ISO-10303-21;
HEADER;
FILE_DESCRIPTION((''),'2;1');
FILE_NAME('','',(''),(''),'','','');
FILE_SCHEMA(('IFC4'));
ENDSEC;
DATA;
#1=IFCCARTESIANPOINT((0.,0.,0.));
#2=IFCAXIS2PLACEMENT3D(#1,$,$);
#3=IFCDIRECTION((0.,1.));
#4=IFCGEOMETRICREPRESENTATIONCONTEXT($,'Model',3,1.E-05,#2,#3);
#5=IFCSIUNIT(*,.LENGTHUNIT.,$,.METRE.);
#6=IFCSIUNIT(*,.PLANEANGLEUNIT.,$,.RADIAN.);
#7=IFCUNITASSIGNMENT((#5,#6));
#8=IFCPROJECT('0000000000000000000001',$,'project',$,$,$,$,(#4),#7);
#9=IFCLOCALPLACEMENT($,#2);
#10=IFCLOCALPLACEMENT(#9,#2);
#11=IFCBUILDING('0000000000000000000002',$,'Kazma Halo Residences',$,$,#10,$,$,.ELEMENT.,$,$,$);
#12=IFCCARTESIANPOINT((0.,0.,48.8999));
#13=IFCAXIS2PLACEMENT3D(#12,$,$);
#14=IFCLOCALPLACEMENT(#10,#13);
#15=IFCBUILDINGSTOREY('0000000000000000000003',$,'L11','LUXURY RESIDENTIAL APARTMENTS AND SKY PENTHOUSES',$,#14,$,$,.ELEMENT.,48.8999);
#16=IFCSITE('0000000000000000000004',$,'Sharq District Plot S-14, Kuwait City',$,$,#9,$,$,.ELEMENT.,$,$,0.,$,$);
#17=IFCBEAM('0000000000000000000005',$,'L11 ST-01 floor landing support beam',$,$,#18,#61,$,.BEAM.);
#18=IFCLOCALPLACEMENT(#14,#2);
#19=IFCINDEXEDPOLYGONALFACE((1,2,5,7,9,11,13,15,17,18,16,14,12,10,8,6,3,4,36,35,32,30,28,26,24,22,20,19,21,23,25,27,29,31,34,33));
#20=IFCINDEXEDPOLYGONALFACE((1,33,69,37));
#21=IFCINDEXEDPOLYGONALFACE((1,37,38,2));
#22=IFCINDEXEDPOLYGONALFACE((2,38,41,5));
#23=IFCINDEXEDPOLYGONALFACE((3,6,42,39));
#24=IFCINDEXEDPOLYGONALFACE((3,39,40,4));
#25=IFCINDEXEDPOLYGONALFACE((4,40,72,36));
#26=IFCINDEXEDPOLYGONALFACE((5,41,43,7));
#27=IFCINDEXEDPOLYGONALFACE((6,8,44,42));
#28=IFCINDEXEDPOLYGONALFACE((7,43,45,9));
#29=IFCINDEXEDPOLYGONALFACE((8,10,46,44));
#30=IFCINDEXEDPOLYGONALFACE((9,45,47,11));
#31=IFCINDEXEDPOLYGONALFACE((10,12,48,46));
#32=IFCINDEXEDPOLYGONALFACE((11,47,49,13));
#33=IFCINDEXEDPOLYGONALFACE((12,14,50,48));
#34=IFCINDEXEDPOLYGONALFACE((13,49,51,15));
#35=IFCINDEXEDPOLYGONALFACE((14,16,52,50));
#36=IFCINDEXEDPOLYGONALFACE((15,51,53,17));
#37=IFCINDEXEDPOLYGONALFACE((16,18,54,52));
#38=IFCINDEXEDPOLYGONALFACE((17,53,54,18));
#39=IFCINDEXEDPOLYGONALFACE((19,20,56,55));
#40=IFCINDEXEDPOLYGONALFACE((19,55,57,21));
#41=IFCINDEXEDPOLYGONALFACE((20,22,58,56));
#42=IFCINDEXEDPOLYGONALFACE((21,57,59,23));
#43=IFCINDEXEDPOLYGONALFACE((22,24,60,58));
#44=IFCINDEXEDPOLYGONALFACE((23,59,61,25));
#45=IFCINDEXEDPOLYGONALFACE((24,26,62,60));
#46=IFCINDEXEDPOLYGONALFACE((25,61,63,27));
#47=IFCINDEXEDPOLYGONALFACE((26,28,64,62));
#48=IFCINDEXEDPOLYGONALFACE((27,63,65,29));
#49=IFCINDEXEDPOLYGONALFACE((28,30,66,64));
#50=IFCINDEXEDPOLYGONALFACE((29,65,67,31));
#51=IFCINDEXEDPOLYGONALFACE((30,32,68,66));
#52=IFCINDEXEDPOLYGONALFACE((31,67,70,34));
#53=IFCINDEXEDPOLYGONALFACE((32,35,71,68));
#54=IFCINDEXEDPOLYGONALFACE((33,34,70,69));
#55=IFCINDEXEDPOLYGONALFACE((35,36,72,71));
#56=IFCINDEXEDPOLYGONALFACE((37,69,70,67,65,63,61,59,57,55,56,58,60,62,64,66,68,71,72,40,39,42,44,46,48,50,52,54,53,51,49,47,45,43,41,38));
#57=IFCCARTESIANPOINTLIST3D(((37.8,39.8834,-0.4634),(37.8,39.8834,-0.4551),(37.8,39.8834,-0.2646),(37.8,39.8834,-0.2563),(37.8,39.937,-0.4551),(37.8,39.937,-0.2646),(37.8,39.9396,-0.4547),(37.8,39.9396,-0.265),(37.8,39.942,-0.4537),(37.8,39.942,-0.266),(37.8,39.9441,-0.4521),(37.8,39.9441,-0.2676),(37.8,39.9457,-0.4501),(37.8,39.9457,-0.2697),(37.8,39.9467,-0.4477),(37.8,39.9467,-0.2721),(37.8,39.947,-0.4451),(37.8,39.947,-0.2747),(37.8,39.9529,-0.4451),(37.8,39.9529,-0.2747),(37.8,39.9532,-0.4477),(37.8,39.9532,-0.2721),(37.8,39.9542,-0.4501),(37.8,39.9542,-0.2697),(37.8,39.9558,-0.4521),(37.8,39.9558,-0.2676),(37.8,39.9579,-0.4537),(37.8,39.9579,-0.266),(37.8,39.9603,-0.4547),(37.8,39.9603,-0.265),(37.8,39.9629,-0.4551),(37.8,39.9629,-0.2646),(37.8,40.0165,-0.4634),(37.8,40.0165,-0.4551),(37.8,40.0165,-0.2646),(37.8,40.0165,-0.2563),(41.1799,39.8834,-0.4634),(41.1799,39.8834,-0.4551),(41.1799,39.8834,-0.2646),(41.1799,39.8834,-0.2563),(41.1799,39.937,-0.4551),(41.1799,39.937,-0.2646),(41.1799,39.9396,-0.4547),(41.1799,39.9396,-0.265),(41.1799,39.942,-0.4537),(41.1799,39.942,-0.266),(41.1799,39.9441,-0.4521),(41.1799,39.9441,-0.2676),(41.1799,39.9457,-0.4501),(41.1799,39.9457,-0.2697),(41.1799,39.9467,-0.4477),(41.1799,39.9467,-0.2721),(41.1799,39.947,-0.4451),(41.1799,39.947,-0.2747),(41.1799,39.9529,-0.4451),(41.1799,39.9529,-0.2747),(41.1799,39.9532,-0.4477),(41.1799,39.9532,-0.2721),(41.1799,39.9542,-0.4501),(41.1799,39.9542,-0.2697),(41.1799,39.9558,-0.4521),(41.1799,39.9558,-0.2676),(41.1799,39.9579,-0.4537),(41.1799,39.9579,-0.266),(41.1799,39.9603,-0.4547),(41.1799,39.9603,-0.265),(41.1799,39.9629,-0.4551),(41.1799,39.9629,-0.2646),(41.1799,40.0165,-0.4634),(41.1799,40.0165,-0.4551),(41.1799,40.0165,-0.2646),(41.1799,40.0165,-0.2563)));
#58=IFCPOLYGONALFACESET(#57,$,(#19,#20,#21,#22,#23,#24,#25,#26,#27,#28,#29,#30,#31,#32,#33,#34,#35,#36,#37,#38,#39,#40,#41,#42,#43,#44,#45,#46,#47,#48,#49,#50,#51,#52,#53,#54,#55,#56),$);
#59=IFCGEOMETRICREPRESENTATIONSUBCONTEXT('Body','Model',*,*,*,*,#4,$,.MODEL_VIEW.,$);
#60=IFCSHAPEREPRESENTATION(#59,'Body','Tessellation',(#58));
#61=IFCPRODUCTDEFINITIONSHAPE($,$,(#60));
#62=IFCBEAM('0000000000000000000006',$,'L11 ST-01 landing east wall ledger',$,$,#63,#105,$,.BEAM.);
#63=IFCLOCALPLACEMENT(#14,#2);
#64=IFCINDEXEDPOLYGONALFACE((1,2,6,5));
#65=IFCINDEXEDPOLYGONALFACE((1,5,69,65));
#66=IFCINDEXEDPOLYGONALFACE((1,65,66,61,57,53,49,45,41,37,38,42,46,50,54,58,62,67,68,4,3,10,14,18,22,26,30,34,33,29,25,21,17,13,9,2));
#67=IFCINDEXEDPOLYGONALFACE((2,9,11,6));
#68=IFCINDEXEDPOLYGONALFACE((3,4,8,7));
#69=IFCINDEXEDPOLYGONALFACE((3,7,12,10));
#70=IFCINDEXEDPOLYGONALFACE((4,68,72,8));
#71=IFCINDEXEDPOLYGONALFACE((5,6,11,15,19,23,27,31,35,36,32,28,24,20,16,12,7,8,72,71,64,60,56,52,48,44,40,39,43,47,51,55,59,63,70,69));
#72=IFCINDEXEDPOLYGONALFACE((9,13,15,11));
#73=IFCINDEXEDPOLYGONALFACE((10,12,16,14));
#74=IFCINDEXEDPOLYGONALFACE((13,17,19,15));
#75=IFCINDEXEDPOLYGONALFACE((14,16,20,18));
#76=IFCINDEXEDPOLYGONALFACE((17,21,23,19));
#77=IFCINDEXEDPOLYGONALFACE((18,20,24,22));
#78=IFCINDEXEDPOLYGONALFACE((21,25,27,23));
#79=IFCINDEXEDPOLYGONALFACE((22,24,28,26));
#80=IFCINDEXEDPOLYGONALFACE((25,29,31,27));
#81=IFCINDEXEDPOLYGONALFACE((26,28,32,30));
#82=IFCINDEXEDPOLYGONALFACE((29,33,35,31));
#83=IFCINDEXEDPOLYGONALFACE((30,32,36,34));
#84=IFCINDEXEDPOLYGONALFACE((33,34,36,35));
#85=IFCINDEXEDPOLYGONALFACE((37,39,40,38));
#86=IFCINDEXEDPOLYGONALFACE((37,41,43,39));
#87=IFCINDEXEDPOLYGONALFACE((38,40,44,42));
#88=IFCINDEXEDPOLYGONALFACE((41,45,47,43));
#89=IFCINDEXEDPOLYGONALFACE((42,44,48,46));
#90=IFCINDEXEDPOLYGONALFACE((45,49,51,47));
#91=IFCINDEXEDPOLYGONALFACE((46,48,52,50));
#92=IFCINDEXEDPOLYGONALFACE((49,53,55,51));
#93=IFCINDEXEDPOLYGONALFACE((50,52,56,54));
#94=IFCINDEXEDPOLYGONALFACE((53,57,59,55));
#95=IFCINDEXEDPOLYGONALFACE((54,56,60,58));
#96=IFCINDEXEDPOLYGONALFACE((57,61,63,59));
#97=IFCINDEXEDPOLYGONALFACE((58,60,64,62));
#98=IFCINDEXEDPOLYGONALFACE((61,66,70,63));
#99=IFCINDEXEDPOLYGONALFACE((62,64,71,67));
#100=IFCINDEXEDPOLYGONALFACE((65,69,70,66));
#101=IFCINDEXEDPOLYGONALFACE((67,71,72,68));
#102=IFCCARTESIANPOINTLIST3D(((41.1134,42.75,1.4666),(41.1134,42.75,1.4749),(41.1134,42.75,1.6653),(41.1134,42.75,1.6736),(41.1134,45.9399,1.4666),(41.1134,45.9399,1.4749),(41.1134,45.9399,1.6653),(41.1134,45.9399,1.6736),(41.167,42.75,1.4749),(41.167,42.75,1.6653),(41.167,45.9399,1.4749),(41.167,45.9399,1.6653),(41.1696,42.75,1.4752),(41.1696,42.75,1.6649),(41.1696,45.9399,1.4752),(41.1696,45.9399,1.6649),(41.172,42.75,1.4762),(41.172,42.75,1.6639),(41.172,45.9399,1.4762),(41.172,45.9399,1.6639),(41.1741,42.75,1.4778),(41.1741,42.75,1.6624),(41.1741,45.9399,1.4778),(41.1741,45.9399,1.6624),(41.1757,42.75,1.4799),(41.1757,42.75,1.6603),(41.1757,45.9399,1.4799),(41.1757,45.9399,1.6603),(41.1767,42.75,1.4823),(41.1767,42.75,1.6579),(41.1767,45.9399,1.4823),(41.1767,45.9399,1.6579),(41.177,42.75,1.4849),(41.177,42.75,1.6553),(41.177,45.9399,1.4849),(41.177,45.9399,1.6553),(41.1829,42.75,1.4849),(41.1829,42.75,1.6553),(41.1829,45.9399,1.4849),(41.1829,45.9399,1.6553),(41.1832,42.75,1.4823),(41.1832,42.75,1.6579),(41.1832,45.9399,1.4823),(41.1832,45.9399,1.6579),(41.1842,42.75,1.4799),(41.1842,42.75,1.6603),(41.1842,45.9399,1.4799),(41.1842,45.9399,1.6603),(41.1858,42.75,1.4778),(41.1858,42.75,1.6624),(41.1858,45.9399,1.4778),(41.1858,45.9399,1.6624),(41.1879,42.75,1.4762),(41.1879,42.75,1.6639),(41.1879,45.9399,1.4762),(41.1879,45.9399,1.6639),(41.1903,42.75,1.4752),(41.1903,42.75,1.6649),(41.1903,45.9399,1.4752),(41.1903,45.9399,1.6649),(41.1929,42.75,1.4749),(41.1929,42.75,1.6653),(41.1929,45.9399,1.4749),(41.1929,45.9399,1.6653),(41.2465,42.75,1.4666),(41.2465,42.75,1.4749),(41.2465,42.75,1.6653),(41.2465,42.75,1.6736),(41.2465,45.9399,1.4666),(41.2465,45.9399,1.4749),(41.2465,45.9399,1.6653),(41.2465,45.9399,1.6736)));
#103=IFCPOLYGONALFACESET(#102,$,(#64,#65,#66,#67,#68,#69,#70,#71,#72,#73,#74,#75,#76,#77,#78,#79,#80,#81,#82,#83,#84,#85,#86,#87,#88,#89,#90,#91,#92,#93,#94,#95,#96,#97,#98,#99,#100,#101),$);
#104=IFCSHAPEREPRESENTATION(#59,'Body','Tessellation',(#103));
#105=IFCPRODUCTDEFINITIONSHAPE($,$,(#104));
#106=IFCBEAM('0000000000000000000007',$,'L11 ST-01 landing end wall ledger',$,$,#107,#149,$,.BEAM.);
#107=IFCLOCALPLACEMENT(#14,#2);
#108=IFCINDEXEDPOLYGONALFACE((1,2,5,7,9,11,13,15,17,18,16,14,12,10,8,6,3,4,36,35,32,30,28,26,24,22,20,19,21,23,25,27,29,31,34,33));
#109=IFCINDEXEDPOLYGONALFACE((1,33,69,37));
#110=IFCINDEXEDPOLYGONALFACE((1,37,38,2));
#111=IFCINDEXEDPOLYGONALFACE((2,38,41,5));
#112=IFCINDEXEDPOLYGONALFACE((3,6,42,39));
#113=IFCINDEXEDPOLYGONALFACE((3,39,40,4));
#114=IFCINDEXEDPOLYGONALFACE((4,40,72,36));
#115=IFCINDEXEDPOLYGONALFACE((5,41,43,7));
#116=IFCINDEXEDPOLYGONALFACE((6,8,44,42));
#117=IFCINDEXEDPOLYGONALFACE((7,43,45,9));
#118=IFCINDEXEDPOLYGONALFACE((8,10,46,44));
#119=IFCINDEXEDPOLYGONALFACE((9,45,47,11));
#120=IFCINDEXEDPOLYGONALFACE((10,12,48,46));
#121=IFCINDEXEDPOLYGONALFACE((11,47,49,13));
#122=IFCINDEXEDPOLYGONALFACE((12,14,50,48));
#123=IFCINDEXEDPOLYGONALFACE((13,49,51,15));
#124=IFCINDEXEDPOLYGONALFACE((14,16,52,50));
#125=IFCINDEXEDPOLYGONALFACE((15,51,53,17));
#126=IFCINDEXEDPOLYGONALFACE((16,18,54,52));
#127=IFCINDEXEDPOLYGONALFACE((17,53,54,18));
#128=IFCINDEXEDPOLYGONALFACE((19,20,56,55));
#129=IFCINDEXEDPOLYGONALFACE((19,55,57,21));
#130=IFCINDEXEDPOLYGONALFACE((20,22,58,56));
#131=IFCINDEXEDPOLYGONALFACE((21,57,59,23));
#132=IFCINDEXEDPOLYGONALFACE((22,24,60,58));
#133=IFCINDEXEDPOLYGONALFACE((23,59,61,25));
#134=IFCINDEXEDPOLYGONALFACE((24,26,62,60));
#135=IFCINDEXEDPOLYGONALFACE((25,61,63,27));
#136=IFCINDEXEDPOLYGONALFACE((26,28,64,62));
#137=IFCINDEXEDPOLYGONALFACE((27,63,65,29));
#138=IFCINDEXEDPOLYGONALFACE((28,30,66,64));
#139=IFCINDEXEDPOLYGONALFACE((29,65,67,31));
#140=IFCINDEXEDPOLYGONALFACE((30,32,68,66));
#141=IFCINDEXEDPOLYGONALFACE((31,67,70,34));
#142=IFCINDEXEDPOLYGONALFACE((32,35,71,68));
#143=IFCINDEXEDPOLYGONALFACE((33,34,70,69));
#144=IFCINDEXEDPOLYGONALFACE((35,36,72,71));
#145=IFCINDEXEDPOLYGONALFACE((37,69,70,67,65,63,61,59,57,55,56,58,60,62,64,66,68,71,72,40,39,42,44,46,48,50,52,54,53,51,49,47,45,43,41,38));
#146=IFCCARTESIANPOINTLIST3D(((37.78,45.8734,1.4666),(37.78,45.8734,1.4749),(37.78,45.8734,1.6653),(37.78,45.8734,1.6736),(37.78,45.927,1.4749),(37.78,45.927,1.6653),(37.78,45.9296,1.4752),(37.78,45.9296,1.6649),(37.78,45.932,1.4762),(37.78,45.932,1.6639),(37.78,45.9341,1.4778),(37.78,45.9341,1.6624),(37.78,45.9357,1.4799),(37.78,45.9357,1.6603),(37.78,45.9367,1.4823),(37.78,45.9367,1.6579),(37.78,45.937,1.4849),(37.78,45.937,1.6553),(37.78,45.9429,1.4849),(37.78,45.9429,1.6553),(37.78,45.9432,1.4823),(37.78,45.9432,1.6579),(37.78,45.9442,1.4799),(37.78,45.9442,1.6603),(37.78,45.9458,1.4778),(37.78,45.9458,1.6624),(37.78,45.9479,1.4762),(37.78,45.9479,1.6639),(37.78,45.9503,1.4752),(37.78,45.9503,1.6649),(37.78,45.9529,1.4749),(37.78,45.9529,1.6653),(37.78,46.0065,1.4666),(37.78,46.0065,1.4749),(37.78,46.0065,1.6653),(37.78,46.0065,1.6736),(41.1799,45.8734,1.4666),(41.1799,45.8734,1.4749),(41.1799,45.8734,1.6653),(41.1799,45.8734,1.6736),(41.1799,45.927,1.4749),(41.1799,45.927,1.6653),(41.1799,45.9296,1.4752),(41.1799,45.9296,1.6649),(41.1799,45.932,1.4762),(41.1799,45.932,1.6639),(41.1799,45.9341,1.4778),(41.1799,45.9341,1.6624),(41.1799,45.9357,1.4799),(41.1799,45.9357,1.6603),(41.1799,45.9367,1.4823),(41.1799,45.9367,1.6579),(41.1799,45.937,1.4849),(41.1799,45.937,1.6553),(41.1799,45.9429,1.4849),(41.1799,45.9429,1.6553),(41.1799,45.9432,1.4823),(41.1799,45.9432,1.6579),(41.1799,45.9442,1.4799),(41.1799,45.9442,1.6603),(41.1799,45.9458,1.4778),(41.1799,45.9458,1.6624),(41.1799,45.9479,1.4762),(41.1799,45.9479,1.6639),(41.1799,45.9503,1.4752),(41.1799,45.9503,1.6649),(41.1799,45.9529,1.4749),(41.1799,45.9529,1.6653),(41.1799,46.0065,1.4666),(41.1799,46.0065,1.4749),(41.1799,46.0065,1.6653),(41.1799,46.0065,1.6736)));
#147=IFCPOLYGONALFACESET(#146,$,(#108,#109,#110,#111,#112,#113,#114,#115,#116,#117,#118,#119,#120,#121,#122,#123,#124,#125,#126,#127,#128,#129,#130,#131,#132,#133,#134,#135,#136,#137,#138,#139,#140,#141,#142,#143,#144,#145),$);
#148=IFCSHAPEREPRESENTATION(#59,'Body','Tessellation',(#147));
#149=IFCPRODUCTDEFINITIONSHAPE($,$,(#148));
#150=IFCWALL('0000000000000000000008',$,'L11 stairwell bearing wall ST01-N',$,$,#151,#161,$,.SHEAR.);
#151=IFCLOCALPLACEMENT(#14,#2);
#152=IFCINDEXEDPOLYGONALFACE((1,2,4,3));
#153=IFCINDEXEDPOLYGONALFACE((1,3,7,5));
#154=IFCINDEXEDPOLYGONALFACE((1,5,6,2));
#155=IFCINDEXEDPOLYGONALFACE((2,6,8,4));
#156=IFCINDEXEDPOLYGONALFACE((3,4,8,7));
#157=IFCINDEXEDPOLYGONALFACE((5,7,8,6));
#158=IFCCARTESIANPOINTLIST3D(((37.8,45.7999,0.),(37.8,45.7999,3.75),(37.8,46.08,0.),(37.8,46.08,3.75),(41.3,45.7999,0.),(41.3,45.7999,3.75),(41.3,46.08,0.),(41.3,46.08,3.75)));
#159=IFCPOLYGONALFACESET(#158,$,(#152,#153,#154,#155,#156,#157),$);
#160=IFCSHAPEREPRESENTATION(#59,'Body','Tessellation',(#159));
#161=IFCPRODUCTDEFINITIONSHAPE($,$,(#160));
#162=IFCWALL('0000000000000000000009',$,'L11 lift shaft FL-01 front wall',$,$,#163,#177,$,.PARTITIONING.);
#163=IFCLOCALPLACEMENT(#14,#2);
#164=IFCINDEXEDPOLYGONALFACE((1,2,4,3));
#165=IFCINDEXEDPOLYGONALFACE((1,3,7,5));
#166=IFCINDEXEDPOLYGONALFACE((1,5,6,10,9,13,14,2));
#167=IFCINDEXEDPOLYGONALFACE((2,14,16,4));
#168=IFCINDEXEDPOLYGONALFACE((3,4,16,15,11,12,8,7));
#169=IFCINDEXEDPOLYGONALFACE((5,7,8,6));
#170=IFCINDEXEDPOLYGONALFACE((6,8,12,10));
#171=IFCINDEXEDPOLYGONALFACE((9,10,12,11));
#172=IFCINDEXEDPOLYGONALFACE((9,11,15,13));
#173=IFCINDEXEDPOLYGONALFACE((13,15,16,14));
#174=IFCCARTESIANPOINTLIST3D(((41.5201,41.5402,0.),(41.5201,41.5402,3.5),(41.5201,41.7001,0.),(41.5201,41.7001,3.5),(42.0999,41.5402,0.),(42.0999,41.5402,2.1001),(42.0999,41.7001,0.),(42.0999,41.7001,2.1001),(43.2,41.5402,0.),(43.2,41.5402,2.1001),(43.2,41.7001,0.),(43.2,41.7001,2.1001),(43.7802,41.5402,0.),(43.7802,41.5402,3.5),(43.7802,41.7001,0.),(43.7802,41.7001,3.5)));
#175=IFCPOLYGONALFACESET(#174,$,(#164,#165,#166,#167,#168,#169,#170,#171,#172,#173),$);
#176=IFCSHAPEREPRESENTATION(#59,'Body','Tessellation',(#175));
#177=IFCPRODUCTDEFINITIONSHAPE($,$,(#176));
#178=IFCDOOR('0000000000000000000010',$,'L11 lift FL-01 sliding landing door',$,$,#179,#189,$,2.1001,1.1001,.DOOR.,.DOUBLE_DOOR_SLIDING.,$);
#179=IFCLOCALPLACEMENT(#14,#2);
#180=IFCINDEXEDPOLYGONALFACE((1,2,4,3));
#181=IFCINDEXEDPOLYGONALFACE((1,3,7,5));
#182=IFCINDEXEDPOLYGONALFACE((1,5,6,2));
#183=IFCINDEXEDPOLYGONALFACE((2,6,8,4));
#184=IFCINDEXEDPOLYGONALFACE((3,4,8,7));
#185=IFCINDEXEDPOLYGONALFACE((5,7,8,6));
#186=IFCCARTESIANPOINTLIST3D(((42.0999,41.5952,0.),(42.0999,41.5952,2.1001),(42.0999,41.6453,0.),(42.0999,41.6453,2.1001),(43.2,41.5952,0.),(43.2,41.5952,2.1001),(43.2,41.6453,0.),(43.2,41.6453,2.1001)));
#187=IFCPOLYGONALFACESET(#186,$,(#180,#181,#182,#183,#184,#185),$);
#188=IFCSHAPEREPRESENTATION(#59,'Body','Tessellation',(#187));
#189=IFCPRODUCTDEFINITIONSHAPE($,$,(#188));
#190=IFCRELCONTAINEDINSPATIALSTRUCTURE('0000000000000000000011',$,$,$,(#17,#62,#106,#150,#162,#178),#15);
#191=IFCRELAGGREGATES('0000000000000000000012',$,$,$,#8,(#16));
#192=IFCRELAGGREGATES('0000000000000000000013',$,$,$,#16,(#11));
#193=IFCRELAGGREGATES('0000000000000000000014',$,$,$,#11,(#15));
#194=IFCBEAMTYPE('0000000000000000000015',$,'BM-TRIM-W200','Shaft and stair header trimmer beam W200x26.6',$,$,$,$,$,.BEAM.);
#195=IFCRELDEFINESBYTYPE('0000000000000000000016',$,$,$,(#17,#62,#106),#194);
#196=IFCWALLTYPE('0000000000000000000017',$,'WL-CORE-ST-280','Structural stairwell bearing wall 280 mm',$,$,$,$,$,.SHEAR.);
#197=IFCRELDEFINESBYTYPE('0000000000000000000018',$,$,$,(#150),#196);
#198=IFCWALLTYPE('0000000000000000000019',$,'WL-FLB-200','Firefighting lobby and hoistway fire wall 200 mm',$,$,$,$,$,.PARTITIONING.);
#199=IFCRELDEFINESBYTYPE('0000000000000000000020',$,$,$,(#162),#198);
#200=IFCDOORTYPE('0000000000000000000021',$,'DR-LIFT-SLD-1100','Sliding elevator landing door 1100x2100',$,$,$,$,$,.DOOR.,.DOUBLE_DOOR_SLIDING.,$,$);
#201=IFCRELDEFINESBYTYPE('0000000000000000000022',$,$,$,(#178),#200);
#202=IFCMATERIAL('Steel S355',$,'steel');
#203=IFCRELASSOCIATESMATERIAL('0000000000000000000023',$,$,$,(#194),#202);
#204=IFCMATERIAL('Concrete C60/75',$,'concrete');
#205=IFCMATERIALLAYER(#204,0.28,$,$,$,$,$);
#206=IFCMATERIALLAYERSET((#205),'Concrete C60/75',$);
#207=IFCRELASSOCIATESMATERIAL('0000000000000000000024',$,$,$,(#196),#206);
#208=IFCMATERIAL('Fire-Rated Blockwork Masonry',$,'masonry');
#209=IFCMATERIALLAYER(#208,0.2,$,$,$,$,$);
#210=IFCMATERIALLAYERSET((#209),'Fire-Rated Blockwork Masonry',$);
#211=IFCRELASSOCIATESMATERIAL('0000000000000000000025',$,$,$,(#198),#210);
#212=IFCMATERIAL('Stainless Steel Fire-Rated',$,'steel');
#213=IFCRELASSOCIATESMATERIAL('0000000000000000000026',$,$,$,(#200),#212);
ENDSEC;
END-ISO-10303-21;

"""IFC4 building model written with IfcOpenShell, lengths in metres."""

from ifc_helpers import new_model, si_unit, direction, frame, frame_2d, origin, origin_2d, place, context, subcontext, project, spatial, rectangle, i_section, extrude, material, layer, layer_set, material_profile, profile_set, type_object, element, fill, save


model = new_model("IFC4")

# Units and contexts
model_context = context("Model", 3, precision=1e-05, world=origin(), true_north=direction((0.0, 1.0)))
body_context = subcontext(model_context, "Body", "Model", "MODEL_VIEW")
ifc_project = project(units=[si_unit("LENGTHUNIT", "METRE"), si_unit("PLANEANGLEUNIT", "RADIAN")], contexts=[model_context])

# Site, building, storey
site_placement = place(None, origin())
site = spatial("IfcSite", under=ifc_project, at=site_placement, Name="Sharq District Plot S-14, Kuwait City", CompositionType="ELEMENT", RefElevation=0.0)
building_placement = place(site_placement, origin())
building = spatial("IfcBuilding", under=site, at=building_placement, Name="Kazma Halo Residences", CompositionType="ELEMENT")
storey_placement = place(building_placement, frame((0.0, 0.0, 48.8999)))
storey = spatial("IfcBuildingStorey", under=building, at=storey_placement, Name="L11", Description="LUXURY RESIDENTIAL APARTMENTS AND SKY PENTHOUSES", CompositionType="ELEMENT", Elevation=48.8999)

# Shared definitions
ifc_material_1 = material(Name="Steel S355", Category="steel")

# Beams
ifc_material_profile_1 = material_profile(ifc_material_1, i_section(OverallWidth=0.1331, OverallDepth=0.207, WebThickness=0.0059, FlangeThickness=0.0083, FilletRadius=0.01, at=origin_2d()), Name="W200x26.6")
ifc_profile_set_1 = profile_set([ifc_material_profile_1], Name="Steel S355")
beam_type_1 = type_object("IfcBeamType", Name="BM-TRIM-W200", Description="Shaft and stair header trimmer beam W200x26.6", PredefinedType="BEAM", material=ifc_profile_set_1)
beam_1_placement = place(storey_placement, frame((37.8, 39.95, -0.3599), z_axis=(1.0, 0.0, 0.0), x_axis=(0.0, 1.0, 0.0)))
element("IfcBeam", 1, at=beam_1_placement, inside=storey, type_object=beam_type_1, Name="L11 ST-01 floor landing support beam", PredefinedType="BEAM", context=body_context, shape_type="SweptSolid", body=[
    extrude(i_section(OverallWidth=0.1331, OverallDepth=0.207, WebThickness=0.0059, FlangeThickness=0.0083, FilletRadius=0.01, at=origin_2d()), origin(), (0.0, 0.0, 1.0), 3.3799),
])
beam_2_placement = place(storey_placement, frame((41.1799, 42.75, 1.5701), z_axis=(0.0, 1.0, 0.0), x_axis=(-1.0, 0.0, 0.0)))
element("IfcBeam", 2, at=beam_2_placement, inside=storey, type_object=beam_type_1, Name="L11 ST-01 landing east wall ledger", PredefinedType="BEAM", context=body_context, shape_type="SweptSolid", body=[
    extrude(i_section(OverallWidth=0.1331, OverallDepth=0.207, WebThickness=0.0059, FlangeThickness=0.0083, FilletRadius=0.01, at=origin_2d()), origin(), (0.0, 0.0, 1.0), 3.1899),
])
beam_3_placement = place(storey_placement, frame((37.78, 45.9399, 1.5701), z_axis=(1.0, 0.0, 0.0), x_axis=(0.0, 1.0, 0.0)))
element("IfcBeam", 3, at=beam_3_placement, inside=storey, type_object=beam_type_1, Name="L11 ST-01 landing end wall ledger", PredefinedType="BEAM", context=body_context, shape_type="SweptSolid", body=[
    extrude(i_section(OverallWidth=0.1331, OverallDepth=0.207, WebThickness=0.0059, FlangeThickness=0.0083, FilletRadius=0.01, at=origin_2d()), origin(), (0.0, 0.0, 1.0), 3.3999),
])

# Wall
ifc_material_2 = material(Name="Concrete C60/75", Category="concrete")
ifc_layer_1 = layer(ifc_material_2, 0.28)
ifc_layer_set_1 = layer_set([ifc_layer_1], Name="Concrete C60/75")
wall_type_1 = type_object("IfcWallType", Name="WL-CORE-ST-280", Description="Structural stairwell bearing wall 280 mm", PredefinedType="SHEAR", material=ifc_layer_set_1)
wall_1_placement = place(storey_placement, frame((37.8, 45.9399, 0.0), z_axis=(0.0, 0.0, 1.0), x_axis=(1.0, 0.0, 0.0)))
element("IfcWall", 4, at=wall_1_placement, inside=storey, type_object=wall_type_1, Name="L11 stairwell bearing wall ST01-N", PredefinedType="SHEAR", context=body_context, shape_type="SweptSolid", body=[
    extrude(rectangle(XDim=3.5, YDim=0.28, at=frame_2d((1.75, 0.0))), origin(), (0.0, 0.0, 1.0), 3.75),
])

# Wall, opening, door
ifc_material_3 = material(Name="Fire-Rated Blockwork Masonry", Category="masonry")
ifc_layer_2 = layer(ifc_material_3, 0.2)
ifc_layer_set_2 = layer_set([ifc_layer_2], Name="Fire-Rated Blockwork Masonry")
wall_type_2 = type_object("IfcWallType", Name="WL-FLB-200", Description="Firefighting lobby and hoistway fire wall 200 mm", PredefinedType="PARTITIONING", material=ifc_layer_set_2)
wall_2_placement = place(storey_placement, frame((43.78, 41.6201, 0.0), z_axis=(0.0, 0.0, 1.0), x_axis=(-1.0, 0.0, 0.0)))
wall_2 = element("IfcWall", 5, at=wall_2_placement, inside=storey, type_object=wall_type_2, Name="L11 lift shaft FL-01 front wall", PredefinedType="PARTITIONING", context=body_context, shape_type="SweptSolid", body=[
    extrude(rectangle(XDim=2.26, YDim=0.1599, at=frame_2d((1.1299, 0.0))), origin(), (0.0, 0.0, 1.0), 3.5),
])
opening_1_placement = place(wall_2_placement, frame((0.5801, 0.0, 0.0)))
opening_1 = element("IfcOpeningElement", 6, at=opening_1_placement, cuts=wall_2, PredefinedType="OPENING", context=body_context, shape_type="SweptSolid", body=[
    extrude(rectangle(XDim=1.1001, YDim=2.1001, at=frame_2d((0.55, 1.05))), frame((0.0, 0.0898, 0.0), z_axis=(0.0, -1.0, 0.0), x_axis=(1.0, 0.0, 0.0)), (0.0, 0.0, 1.0), 0.1799),
])
ifc_material_4 = material(Name="Stainless Steel Fire-Rated", Category="steel")
door_type_1 = type_object("IfcDoorType", Name="DR-LIFT-SLD-1100", Description="Sliding elevator landing door 1100x2100", OperationType="DOUBLE_DOOR_SLIDING", PredefinedType="DOOR", material=ifc_material_4)
door_1_placement = place(opening_1_placement, origin())
door_1 = element("IfcDoor", 7, at=door_1_placement, inside=storey, type_object=door_type_1, Name="L11 lift FL-01 sliding landing door", OperationType="DOUBLE_DOOR_SLIDING", OverallHeight=2.1001, OverallWidth=1.1001, PredefinedType="DOOR", context=body_context, shape_type="SweptSolid", body=[
    extrude(rectangle(XDim=1.1001, YDim=2.1001, at=frame_2d((0.55, 1.05))), frame((0.0, 0.0249, 0.0), z_axis=(0.0, -1.0, 0.0), x_axis=(1.0, 0.0, 0.0)), (0.0, 0.0, 1.0), 0.05),
])
fill(opening_1, door_1)

save(model, "model.ifc")
